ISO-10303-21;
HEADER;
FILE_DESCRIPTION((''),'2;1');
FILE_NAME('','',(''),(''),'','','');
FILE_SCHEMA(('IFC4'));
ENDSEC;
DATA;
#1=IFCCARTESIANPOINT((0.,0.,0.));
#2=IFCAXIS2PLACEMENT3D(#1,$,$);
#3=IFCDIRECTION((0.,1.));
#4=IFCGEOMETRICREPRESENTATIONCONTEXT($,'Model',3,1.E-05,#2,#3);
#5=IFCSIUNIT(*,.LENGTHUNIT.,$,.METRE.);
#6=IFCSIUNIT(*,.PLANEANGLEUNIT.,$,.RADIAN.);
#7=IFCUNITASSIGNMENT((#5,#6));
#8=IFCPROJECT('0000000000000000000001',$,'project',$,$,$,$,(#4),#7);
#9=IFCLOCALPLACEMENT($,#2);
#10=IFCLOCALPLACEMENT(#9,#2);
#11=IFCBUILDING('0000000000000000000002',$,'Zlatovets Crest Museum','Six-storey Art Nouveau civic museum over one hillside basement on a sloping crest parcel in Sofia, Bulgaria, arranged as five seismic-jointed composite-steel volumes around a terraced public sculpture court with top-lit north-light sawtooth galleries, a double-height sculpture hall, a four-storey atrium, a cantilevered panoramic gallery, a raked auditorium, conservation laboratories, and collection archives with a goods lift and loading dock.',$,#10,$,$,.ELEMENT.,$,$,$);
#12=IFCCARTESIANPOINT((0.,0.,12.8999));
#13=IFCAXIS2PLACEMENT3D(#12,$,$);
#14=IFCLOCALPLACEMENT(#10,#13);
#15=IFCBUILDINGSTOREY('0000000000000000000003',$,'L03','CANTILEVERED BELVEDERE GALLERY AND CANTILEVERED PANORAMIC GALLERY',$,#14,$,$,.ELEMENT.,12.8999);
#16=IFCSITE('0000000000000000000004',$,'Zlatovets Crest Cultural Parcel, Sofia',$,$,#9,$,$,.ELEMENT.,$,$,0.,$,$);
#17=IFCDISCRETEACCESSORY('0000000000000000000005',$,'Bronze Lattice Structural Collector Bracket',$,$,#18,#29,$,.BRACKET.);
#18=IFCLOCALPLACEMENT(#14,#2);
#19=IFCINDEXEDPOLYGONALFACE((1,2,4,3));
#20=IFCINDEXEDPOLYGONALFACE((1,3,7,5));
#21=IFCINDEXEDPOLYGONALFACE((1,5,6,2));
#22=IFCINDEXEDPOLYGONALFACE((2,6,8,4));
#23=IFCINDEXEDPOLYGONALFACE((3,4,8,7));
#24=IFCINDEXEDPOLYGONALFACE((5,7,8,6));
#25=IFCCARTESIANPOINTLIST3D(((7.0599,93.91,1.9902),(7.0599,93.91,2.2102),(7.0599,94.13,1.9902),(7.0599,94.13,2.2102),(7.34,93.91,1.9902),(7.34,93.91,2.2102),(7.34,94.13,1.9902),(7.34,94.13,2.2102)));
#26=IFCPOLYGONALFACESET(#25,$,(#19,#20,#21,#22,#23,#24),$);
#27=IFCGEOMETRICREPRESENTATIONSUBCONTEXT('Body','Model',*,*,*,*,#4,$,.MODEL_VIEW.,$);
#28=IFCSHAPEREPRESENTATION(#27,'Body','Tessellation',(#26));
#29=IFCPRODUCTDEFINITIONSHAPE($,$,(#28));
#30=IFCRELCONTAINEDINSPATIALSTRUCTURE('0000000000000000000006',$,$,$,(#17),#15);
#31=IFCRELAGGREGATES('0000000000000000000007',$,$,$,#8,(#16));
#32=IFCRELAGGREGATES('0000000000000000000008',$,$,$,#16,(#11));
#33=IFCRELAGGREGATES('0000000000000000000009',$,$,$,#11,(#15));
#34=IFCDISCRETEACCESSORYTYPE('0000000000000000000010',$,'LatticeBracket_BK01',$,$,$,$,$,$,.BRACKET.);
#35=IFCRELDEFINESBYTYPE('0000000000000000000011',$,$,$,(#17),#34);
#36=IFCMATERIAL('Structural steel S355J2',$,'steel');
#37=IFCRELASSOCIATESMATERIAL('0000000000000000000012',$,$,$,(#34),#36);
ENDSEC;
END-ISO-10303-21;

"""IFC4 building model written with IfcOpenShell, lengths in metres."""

from ifc_helpers import new_model, si_unit, direction, frame, origin, origin_2d, place, context, subcontext, project, spatial, rectangle, extrude, material, type_object, element, save


model = new_model("IFC4")

# Units and contexts
model_context = context("Model", 3, precision=1e-05, world=origin(), true_north=direction((0.0, 1.0)))
body_context = subcontext(model_context, "Body", "Model", "MODEL_VIEW")
ifc_project = project(units=[si_unit("LENGTHUNIT", "METRE"), si_unit("PLANEANGLEUNIT", "RADIAN")], contexts=[model_context])

# Site, building, storey
site_placement = place(None, origin())
site = spatial("IfcSite", under=ifc_project, at=site_placement, Name="Zlatovets Crest Cultural Parcel, Sofia", CompositionType="ELEMENT", RefElevation=0.0)
building_placement = place(site_placement, origin())
building = spatial("IfcBuilding", under=site, at=building_placement, Name="Zlatovets Crest Museum", Description="Six-storey Art Nouveau civic museum over one hillside basement on a sloping crest parcel in Sofia, Bulgaria, arranged as five seismic-jointed composite-steel volumes around a terraced public sculpture court with top-lit north-light sawtooth galleries, a double-height sculpture hall, a four-storey atrium, a cantilevered panoramic gallery, a raked auditorium, conservation laboratories, and collection archives with a goods lift and loading dock.", CompositionType="ELEMENT")
storey_placement = place(building_placement, frame((0.0, 0.0, 12.8999)))
storey = spatial("IfcBuildingStorey", under=building, at=storey_placement, Name="L03", Description="CANTILEVERED BELVEDERE GALLERY AND CANTILEVERED PANORAMIC GALLERY", CompositionType="ELEMENT", Elevation=12.8999)

# Shared definitions
ifc_material_1 = material(Name="Structural steel S355J2", Category="steel")

# Discrete accessory
discrete_accessory_type = type_object("IfcDiscreteAccessoryType", Name="LatticeBracket_BK01", PredefinedType="BRACKET", material=ifc_material_1)
discrete_accessory_placement = place(storey_placement, frame((7.2, 94.02, 1.9902), z_axis=(0.0, 0.0, 1.0), x_axis=(1.0, 0.0, 0.0)))
element("IfcDiscreteAccessory", 1, at=discrete_accessory_placement, inside=storey, type_object=discrete_accessory_type, Name="Bronze Lattice Structural Collector Bracket", PredefinedType="BRACKET", context=body_context, shape_type="SweptSolid", body=[
    extrude(rectangle(XDim=0.28, YDim=0.22, at=origin_2d()), origin(), (0.0, 0.0, 1.0), 0.22),
])

save(model, "model.ifc")
